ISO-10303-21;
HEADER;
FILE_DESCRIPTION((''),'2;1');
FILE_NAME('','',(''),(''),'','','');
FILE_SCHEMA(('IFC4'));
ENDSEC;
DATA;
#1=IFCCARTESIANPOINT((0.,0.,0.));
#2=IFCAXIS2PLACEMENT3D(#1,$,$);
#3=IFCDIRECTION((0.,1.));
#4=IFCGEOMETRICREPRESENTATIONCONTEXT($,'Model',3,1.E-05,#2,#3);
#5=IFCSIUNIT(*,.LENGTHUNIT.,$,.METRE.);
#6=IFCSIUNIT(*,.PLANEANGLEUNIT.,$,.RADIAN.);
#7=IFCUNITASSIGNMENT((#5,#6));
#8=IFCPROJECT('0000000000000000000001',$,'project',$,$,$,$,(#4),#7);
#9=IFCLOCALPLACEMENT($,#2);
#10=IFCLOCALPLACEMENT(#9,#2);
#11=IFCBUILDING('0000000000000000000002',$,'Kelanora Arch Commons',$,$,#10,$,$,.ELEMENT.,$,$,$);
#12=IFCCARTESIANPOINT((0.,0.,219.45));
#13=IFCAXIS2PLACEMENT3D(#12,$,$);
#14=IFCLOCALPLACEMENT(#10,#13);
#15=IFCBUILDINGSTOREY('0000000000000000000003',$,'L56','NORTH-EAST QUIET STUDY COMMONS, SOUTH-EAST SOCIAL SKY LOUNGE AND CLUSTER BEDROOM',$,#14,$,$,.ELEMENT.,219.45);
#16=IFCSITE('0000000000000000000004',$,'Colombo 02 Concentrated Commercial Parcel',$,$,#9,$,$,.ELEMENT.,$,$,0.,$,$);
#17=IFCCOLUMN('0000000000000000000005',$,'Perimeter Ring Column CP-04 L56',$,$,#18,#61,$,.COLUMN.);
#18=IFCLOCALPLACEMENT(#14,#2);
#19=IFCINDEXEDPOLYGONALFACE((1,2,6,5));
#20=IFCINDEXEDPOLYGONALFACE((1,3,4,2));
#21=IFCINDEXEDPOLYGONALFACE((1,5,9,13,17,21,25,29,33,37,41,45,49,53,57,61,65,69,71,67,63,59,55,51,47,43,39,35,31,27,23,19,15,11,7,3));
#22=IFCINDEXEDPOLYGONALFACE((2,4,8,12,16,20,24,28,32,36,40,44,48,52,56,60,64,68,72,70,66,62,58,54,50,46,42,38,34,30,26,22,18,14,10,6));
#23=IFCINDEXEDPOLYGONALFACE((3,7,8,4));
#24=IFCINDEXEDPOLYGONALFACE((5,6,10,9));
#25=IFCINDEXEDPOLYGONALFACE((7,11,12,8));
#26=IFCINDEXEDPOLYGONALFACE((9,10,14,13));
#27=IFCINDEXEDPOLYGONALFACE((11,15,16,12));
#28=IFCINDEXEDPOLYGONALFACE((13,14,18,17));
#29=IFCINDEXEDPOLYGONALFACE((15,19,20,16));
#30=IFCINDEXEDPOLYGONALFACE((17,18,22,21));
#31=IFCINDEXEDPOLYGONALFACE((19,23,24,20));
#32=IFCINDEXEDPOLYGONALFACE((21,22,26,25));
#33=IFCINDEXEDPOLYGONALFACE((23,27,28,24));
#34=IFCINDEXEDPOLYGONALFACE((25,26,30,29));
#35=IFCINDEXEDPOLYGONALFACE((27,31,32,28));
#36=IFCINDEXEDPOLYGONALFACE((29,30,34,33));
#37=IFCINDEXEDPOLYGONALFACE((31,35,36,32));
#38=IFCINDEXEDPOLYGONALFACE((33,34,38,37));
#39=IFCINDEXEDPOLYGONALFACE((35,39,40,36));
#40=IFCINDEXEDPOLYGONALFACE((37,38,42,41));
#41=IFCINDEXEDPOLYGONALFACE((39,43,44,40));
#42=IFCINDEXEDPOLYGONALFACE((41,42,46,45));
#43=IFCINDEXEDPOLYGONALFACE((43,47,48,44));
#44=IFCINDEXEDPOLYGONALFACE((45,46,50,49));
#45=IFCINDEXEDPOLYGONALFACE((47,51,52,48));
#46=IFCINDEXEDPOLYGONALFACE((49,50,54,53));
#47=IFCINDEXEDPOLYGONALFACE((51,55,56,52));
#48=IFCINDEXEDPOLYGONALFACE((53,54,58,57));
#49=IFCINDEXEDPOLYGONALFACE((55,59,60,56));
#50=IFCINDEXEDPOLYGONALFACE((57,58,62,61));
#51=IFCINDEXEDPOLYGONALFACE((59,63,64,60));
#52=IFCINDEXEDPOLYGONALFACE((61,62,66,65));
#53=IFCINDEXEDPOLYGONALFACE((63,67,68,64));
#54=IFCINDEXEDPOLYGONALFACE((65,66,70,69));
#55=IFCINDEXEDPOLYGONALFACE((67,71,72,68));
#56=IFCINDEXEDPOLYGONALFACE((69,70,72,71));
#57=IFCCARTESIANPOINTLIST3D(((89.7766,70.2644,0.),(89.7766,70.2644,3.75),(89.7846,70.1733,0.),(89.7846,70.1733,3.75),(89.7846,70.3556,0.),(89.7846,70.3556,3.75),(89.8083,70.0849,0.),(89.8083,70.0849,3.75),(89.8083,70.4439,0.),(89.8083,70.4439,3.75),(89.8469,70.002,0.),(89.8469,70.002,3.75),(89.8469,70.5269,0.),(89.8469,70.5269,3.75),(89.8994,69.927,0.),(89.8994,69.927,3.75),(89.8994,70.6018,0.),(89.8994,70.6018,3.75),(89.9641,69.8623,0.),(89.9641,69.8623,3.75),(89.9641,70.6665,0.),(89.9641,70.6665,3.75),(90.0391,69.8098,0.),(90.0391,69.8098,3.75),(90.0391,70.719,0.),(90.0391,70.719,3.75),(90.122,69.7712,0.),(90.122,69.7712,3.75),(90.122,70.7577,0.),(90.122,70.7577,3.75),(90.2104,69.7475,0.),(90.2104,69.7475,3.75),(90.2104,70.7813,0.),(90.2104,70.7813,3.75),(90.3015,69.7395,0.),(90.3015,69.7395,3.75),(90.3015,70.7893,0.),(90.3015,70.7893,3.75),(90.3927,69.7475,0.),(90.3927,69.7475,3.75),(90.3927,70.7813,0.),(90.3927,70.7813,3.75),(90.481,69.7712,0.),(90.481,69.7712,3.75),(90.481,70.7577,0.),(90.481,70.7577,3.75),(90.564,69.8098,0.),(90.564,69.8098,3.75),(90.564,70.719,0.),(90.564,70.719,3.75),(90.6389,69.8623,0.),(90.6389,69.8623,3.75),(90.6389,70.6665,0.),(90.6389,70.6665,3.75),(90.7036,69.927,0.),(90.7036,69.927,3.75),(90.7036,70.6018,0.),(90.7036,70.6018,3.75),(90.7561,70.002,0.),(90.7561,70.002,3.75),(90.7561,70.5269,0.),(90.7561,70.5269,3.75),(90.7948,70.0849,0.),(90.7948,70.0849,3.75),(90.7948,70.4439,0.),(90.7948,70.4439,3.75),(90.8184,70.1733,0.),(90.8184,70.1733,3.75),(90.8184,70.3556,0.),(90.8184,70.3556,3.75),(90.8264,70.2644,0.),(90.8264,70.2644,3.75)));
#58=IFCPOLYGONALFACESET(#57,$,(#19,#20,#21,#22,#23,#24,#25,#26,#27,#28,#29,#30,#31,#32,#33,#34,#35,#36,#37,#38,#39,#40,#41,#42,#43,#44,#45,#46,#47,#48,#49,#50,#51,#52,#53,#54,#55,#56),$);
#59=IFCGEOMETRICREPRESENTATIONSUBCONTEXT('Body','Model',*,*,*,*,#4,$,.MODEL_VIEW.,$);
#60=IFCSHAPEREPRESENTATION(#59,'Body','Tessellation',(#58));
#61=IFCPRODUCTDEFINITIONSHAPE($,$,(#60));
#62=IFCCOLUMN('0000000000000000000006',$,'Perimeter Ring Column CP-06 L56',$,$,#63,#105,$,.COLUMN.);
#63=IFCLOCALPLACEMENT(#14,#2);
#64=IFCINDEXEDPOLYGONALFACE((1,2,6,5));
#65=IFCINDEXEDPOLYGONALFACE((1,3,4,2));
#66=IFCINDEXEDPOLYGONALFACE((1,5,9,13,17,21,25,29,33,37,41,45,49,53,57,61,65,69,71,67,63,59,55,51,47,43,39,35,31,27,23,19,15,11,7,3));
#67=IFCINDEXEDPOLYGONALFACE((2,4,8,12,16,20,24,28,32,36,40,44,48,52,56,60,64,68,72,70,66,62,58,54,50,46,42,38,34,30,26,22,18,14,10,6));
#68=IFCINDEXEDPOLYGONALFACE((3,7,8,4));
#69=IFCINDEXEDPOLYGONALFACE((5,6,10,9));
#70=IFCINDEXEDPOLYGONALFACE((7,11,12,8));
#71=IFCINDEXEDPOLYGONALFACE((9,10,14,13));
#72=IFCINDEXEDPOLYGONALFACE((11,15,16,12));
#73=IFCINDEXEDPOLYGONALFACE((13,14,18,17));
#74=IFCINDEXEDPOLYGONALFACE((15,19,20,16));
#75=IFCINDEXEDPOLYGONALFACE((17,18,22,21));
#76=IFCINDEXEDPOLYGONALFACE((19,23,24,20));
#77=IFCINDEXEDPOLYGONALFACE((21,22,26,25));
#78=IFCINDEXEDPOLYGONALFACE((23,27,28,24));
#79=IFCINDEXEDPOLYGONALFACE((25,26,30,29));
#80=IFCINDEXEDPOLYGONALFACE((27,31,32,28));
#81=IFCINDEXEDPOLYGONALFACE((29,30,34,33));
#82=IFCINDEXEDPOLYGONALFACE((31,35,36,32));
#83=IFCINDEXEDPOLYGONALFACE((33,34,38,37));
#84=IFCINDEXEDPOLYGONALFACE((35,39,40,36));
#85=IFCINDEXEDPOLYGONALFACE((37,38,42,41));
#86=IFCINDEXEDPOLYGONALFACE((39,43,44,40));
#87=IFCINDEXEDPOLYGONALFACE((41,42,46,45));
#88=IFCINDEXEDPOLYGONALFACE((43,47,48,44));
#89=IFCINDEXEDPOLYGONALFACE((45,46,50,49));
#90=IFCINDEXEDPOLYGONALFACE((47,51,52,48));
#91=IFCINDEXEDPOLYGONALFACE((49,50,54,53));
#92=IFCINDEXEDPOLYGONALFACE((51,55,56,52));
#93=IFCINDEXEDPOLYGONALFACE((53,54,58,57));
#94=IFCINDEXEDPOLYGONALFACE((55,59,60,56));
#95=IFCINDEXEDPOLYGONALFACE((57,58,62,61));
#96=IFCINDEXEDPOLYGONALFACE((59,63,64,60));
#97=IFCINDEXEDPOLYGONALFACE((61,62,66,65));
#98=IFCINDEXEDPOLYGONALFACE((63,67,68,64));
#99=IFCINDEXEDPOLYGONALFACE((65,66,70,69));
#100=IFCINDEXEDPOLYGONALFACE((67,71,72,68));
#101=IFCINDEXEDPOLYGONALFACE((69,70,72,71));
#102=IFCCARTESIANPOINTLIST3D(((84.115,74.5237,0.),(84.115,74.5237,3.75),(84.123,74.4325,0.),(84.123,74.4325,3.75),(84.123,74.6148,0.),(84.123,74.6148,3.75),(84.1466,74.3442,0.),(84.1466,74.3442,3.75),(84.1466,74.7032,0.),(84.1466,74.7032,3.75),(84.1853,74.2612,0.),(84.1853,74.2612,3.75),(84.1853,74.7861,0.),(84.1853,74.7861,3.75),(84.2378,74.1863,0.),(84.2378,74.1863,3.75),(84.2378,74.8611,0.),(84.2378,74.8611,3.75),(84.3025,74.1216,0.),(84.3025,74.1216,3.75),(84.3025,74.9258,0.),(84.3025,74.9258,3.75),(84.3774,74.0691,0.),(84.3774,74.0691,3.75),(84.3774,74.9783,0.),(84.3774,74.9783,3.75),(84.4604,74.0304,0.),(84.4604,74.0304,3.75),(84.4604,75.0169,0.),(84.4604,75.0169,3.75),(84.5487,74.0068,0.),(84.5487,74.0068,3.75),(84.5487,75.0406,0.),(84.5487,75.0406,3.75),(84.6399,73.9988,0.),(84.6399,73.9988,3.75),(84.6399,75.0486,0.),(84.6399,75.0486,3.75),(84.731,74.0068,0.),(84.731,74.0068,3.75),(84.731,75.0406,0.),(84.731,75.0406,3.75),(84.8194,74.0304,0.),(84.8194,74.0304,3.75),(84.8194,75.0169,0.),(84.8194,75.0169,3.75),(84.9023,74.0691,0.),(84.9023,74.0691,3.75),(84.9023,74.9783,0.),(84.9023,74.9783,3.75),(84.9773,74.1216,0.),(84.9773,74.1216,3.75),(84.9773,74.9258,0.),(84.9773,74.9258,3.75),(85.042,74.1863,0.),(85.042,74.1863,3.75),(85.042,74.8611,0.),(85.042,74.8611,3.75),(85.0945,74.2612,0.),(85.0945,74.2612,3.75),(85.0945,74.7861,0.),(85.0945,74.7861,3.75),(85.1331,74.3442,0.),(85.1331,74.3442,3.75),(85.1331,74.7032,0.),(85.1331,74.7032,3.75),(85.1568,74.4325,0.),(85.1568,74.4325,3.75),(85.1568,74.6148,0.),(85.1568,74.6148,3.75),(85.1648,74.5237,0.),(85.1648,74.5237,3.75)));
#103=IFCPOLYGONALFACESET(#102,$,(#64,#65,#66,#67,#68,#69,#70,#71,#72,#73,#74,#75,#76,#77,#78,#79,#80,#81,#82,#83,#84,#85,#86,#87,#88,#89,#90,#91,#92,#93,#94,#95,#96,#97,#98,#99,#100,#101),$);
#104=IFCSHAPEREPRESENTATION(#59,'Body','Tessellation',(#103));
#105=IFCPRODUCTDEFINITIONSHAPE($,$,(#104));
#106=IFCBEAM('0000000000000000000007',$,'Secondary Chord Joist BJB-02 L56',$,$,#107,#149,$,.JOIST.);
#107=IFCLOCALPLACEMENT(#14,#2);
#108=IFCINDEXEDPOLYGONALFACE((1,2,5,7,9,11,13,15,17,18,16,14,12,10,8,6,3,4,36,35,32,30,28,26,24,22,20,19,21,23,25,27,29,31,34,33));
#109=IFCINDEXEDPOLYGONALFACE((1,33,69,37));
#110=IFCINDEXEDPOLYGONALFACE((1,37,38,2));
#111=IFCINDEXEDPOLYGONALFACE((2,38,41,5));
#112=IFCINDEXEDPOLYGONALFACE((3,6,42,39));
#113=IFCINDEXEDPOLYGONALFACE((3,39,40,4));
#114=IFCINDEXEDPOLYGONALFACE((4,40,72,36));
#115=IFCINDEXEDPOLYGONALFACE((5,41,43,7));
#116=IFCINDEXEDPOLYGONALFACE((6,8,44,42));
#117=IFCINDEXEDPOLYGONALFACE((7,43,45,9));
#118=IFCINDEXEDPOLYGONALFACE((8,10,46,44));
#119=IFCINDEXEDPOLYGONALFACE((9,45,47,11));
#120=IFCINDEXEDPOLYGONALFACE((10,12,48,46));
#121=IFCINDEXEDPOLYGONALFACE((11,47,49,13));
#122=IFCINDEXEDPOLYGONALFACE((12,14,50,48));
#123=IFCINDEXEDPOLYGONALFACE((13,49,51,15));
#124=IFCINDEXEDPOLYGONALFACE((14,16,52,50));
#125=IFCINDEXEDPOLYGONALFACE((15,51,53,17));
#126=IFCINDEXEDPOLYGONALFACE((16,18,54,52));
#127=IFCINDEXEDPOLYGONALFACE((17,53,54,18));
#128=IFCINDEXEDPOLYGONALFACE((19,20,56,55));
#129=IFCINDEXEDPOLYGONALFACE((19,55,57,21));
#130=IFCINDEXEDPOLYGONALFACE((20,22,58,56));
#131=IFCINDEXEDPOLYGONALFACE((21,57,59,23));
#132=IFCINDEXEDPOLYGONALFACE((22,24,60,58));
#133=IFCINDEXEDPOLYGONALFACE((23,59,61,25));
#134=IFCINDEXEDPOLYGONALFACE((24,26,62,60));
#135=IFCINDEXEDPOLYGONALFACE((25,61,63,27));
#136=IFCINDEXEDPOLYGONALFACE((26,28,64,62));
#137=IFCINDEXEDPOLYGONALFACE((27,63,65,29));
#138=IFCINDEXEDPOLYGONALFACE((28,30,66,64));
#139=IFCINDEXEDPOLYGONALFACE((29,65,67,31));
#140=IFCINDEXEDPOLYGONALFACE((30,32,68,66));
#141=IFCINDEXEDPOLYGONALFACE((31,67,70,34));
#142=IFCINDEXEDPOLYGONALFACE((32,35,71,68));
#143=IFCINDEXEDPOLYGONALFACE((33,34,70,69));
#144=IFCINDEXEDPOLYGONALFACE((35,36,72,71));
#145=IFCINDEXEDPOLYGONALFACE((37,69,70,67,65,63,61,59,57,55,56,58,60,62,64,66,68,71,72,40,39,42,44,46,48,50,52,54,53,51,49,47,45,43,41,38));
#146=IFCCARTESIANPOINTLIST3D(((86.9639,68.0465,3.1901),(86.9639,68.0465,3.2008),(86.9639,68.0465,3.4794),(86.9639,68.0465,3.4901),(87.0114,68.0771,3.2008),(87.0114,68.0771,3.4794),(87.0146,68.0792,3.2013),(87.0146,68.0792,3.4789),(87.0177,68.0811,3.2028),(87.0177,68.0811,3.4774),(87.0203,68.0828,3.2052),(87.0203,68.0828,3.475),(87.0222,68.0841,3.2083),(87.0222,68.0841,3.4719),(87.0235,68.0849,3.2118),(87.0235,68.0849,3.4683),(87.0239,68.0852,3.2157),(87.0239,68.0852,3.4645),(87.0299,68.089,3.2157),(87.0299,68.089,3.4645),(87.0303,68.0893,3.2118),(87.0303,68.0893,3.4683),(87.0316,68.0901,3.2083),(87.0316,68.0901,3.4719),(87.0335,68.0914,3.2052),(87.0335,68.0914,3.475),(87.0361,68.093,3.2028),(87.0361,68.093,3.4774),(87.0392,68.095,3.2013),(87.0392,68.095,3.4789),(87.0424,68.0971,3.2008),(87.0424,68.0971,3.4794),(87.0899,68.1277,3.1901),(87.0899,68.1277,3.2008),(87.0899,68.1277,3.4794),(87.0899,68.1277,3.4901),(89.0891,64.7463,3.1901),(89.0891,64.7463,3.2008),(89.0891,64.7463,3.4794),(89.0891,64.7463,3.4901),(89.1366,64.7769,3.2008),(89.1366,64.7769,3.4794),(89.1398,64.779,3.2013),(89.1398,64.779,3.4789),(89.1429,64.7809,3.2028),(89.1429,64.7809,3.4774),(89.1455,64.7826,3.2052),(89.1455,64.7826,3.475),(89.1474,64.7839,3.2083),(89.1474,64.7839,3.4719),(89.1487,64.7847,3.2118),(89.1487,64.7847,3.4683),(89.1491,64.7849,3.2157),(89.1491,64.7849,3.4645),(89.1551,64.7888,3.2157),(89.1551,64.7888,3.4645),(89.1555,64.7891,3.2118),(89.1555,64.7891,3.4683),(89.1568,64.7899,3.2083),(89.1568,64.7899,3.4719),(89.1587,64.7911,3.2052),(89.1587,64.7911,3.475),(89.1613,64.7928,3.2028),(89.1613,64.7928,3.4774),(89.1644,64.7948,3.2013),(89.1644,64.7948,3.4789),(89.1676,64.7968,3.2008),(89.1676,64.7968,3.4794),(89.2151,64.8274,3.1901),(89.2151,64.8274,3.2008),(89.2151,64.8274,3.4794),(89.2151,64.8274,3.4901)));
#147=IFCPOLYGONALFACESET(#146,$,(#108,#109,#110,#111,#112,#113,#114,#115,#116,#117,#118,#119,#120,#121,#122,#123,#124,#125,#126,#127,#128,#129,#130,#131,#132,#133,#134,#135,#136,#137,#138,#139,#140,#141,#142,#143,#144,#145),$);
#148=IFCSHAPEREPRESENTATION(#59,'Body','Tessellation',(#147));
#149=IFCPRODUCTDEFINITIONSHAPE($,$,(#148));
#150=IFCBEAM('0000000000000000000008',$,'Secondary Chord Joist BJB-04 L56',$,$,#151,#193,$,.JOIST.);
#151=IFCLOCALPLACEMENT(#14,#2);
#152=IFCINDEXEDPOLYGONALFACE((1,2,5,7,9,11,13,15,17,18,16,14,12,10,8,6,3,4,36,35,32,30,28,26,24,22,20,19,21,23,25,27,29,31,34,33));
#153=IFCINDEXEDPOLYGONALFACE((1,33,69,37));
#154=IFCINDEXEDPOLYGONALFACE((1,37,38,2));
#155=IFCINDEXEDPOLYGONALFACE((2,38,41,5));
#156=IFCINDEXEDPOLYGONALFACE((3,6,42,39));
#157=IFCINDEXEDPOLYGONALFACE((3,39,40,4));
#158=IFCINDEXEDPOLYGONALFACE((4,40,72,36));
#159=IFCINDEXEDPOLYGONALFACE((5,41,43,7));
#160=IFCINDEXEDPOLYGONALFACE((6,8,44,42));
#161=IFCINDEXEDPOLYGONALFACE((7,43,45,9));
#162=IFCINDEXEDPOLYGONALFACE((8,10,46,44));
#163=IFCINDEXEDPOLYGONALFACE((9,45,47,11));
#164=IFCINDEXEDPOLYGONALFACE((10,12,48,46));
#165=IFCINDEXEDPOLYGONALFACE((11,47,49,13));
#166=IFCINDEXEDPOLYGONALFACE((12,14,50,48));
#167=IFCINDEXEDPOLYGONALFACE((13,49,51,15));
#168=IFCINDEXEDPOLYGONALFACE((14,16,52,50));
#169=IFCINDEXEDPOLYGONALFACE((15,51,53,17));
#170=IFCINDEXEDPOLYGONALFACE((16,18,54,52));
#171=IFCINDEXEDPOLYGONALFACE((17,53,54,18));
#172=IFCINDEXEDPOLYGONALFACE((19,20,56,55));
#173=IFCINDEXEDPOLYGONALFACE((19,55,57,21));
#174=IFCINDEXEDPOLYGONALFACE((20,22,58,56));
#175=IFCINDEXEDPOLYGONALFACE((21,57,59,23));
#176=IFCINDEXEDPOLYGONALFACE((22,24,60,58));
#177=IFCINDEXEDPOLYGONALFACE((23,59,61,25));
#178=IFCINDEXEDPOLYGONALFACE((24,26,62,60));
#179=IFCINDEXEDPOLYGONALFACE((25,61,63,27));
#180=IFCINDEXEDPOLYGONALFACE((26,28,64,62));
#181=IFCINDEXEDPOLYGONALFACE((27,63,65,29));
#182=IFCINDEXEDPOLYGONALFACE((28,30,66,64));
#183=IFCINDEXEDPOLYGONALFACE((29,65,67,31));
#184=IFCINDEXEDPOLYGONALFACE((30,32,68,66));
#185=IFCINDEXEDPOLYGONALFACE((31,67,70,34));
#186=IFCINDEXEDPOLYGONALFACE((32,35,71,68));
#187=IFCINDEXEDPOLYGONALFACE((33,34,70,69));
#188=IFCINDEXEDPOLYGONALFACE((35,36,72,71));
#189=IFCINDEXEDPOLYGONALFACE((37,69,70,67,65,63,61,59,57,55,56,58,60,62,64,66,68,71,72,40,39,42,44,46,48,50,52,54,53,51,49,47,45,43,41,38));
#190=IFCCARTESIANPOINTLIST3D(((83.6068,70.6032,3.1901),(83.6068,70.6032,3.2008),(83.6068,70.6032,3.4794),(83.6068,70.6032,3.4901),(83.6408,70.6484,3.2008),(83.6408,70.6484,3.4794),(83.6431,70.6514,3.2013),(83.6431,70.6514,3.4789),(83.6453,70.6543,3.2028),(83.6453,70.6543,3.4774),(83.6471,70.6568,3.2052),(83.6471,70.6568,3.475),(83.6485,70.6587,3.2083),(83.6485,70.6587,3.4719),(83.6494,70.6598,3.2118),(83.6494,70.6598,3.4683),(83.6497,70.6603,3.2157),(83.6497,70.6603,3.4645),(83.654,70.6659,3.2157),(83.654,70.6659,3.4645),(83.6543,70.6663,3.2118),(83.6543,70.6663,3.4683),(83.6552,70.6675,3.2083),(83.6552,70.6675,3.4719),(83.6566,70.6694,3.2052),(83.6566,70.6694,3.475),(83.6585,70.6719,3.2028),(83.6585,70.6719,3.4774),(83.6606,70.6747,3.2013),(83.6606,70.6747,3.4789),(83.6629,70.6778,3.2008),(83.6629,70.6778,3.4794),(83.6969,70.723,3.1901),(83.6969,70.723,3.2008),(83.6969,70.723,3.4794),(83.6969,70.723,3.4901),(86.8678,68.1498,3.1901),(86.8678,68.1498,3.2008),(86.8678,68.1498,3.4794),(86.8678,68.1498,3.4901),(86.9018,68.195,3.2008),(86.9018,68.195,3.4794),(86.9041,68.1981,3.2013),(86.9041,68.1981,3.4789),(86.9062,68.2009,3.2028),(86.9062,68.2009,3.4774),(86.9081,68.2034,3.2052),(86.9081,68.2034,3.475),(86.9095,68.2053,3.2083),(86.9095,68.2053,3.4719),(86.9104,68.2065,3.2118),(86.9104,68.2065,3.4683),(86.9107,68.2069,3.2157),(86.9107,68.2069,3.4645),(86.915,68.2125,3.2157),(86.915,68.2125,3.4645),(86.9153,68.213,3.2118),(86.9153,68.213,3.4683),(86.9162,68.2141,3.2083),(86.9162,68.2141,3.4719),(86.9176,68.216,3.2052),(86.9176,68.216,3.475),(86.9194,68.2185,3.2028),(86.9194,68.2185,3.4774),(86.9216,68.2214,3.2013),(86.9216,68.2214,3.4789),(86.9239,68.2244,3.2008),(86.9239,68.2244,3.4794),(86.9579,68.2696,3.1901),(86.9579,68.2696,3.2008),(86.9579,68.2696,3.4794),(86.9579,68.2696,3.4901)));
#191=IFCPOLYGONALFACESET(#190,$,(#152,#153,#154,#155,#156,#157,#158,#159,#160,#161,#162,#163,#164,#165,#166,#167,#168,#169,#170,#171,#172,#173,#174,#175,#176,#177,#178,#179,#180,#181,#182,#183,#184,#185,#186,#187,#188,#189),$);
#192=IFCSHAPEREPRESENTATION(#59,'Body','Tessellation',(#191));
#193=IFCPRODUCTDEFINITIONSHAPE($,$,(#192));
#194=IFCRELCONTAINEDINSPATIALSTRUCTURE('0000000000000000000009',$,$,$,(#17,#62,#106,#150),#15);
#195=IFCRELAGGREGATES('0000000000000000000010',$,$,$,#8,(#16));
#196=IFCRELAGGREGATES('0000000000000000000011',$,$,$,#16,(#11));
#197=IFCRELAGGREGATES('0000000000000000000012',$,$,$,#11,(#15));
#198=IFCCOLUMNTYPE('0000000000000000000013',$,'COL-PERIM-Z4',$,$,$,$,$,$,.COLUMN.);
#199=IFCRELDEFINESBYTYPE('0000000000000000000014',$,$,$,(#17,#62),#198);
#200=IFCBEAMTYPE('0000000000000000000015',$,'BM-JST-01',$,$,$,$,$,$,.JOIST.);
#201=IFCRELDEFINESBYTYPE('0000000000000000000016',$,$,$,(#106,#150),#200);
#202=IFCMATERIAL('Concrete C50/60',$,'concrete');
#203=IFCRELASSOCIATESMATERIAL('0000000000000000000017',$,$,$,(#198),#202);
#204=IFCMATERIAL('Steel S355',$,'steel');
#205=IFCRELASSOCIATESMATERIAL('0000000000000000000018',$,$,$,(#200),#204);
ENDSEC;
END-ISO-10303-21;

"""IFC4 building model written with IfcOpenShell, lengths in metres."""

from ifc_helpers import new_model, si_unit, direction, frame, origin, origin_2d, place, context, subcontext, project, spatial, circle, i_section, extrude, material, material_profile, profile_set, type_object, element, save


model = new_model("IFC4")

# Units and contexts
model_context = context("Model", 3, precision=1e-05, world=origin(), true_north=direction((0.0, 1.0)))
body_context = subcontext(model_context, "Body", "Model", "MODEL_VIEW")
ifc_project = project(units=[si_unit("LENGTHUNIT", "METRE"), si_unit("PLANEANGLEUNIT", "RADIAN")], contexts=[model_context])

# Site, building, storey
site_placement = place(None, origin())
site = spatial("IfcSite", under=ifc_project, at=site_placement, Name="Colombo 02 Concentrated Commercial Parcel", CompositionType="ELEMENT", RefElevation=0.0)
building_placement = place(site_placement, origin())
building = spatial("IfcBuilding", under=site, at=building_placement, Name="Kelanora Arch Commons", CompositionType="ELEMENT")
storey_placement = place(building_placement, frame((0.0, 0.0, 219.45)))
storey = spatial("IfcBuildingStorey", under=building, at=storey_placement, Name="L56", Description="NORTH-EAST QUIET STUDY COMMONS, SOUTH-EAST SOCIAL SKY LOUNGE AND CLUSTER BEDROOM", CompositionType="ELEMENT", Elevation=219.45)

# Columns
ifc_material_1 = material(Name="Concrete C50/60", Category="concrete")
ifc_material_profile_1 = material_profile(ifc_material_1, circle(Radius=0.5249, at=origin_2d()), Name="RCC1050")
ifc_profile_set_1 = profile_set([ifc_material_profile_1], Name="Concrete C50/60")
column_type = type_object("IfcColumnType", Name="COL-PERIM-Z4", PredefinedType="COLUMN", material=ifc_profile_set_1)
for number, where, z_axis, x_axis, name in (
    (1, (90.3015, 70.2644, 0.0), (0.0, 0.0, 1.0), (1.0, 0.0, 0.0), "Perimeter Ring Column CP-04 L56"),
    (2, (84.6399, 74.5237, 0.0), (0.0, 0.0, 1.0), (1.0, 0.0, 0.0), "Perimeter Ring Column CP-06 L56"),
):
    element("IfcColumn", number, at=place(storey_placement, frame(where, z_axis=z_axis, x_axis=x_axis)), inside=storey, type_object=column_type, Name=name, PredefinedType="COLUMN", context=body_context, shape_type="SweptSolid", body=[
        extrude(circle(Radius=0.5249, at=origin_2d()), origin(), (0.0, 0.0, 1.0), 3.75),
    ])

# Beams
ifc_material_2 = material(Name="Steel S355", Category="steel")
ifc_material_profile_2 = material_profile(ifc_material_2, i_section(OverallWidth=0.1499, OverallDepth=0.3, WebThickness=0.0071, FlangeThickness=0.0107, FilletRadius=0.0149, at=origin_2d()), Name="IPE300")
ifc_profile_set_2 = profile_set([ifc_material_profile_2], Name="Steel S355")
beam_type_1 = type_object("IfcBeamType", Name="BM-JST-01", PredefinedType="JOIST", material=ifc_profile_set_2)
beam_1_placement = place(storey_placement, frame((89.1521, 64.7869, 3.3401), z_axis=(-0.541411, 0.840758, 0.0), x_axis=(-0.840758, -0.541411, 0.0)))
element("IfcBeam", 3, at=beam_1_placement, inside=storey, type_object=beam_type_1, Name="Secondary Chord Joist BJB-02 L56", PredefinedType="JOIST", context=body_context, shape_type="SweptSolid", body=[
    extrude(i_section(OverallWidth=0.1499, OverallDepth=0.3, WebThickness=0.0071, FlangeThickness=0.0107, FilletRadius=0.0149, at=origin_2d()), origin(), (0.0, 0.0, 1.0), 3.9253),
])
beam_2_placement = place(storey_placement, frame((86.9128, 68.2097, 3.3401), z_axis=(-0.799102, 0.601196, 0.0), x_axis=(-0.601196, -0.799102, 0.0)))
element("IfcBeam", 4, at=beam_2_placement, inside=storey, type_object=beam_type_1, Name="Secondary Chord Joist BJB-04 L56", PredefinedType="JOIST", context=body_context, shape_type="SweptSolid", body=[
    extrude(i_section(OverallWidth=0.1499, OverallDepth=0.3, WebThickness=0.0071, FlangeThickness=0.0107, FilletRadius=0.0149, at=origin_2d()), origin(), (0.0, 0.0, 1.0), 4.0808),
])

save(model, "model.ifc")
